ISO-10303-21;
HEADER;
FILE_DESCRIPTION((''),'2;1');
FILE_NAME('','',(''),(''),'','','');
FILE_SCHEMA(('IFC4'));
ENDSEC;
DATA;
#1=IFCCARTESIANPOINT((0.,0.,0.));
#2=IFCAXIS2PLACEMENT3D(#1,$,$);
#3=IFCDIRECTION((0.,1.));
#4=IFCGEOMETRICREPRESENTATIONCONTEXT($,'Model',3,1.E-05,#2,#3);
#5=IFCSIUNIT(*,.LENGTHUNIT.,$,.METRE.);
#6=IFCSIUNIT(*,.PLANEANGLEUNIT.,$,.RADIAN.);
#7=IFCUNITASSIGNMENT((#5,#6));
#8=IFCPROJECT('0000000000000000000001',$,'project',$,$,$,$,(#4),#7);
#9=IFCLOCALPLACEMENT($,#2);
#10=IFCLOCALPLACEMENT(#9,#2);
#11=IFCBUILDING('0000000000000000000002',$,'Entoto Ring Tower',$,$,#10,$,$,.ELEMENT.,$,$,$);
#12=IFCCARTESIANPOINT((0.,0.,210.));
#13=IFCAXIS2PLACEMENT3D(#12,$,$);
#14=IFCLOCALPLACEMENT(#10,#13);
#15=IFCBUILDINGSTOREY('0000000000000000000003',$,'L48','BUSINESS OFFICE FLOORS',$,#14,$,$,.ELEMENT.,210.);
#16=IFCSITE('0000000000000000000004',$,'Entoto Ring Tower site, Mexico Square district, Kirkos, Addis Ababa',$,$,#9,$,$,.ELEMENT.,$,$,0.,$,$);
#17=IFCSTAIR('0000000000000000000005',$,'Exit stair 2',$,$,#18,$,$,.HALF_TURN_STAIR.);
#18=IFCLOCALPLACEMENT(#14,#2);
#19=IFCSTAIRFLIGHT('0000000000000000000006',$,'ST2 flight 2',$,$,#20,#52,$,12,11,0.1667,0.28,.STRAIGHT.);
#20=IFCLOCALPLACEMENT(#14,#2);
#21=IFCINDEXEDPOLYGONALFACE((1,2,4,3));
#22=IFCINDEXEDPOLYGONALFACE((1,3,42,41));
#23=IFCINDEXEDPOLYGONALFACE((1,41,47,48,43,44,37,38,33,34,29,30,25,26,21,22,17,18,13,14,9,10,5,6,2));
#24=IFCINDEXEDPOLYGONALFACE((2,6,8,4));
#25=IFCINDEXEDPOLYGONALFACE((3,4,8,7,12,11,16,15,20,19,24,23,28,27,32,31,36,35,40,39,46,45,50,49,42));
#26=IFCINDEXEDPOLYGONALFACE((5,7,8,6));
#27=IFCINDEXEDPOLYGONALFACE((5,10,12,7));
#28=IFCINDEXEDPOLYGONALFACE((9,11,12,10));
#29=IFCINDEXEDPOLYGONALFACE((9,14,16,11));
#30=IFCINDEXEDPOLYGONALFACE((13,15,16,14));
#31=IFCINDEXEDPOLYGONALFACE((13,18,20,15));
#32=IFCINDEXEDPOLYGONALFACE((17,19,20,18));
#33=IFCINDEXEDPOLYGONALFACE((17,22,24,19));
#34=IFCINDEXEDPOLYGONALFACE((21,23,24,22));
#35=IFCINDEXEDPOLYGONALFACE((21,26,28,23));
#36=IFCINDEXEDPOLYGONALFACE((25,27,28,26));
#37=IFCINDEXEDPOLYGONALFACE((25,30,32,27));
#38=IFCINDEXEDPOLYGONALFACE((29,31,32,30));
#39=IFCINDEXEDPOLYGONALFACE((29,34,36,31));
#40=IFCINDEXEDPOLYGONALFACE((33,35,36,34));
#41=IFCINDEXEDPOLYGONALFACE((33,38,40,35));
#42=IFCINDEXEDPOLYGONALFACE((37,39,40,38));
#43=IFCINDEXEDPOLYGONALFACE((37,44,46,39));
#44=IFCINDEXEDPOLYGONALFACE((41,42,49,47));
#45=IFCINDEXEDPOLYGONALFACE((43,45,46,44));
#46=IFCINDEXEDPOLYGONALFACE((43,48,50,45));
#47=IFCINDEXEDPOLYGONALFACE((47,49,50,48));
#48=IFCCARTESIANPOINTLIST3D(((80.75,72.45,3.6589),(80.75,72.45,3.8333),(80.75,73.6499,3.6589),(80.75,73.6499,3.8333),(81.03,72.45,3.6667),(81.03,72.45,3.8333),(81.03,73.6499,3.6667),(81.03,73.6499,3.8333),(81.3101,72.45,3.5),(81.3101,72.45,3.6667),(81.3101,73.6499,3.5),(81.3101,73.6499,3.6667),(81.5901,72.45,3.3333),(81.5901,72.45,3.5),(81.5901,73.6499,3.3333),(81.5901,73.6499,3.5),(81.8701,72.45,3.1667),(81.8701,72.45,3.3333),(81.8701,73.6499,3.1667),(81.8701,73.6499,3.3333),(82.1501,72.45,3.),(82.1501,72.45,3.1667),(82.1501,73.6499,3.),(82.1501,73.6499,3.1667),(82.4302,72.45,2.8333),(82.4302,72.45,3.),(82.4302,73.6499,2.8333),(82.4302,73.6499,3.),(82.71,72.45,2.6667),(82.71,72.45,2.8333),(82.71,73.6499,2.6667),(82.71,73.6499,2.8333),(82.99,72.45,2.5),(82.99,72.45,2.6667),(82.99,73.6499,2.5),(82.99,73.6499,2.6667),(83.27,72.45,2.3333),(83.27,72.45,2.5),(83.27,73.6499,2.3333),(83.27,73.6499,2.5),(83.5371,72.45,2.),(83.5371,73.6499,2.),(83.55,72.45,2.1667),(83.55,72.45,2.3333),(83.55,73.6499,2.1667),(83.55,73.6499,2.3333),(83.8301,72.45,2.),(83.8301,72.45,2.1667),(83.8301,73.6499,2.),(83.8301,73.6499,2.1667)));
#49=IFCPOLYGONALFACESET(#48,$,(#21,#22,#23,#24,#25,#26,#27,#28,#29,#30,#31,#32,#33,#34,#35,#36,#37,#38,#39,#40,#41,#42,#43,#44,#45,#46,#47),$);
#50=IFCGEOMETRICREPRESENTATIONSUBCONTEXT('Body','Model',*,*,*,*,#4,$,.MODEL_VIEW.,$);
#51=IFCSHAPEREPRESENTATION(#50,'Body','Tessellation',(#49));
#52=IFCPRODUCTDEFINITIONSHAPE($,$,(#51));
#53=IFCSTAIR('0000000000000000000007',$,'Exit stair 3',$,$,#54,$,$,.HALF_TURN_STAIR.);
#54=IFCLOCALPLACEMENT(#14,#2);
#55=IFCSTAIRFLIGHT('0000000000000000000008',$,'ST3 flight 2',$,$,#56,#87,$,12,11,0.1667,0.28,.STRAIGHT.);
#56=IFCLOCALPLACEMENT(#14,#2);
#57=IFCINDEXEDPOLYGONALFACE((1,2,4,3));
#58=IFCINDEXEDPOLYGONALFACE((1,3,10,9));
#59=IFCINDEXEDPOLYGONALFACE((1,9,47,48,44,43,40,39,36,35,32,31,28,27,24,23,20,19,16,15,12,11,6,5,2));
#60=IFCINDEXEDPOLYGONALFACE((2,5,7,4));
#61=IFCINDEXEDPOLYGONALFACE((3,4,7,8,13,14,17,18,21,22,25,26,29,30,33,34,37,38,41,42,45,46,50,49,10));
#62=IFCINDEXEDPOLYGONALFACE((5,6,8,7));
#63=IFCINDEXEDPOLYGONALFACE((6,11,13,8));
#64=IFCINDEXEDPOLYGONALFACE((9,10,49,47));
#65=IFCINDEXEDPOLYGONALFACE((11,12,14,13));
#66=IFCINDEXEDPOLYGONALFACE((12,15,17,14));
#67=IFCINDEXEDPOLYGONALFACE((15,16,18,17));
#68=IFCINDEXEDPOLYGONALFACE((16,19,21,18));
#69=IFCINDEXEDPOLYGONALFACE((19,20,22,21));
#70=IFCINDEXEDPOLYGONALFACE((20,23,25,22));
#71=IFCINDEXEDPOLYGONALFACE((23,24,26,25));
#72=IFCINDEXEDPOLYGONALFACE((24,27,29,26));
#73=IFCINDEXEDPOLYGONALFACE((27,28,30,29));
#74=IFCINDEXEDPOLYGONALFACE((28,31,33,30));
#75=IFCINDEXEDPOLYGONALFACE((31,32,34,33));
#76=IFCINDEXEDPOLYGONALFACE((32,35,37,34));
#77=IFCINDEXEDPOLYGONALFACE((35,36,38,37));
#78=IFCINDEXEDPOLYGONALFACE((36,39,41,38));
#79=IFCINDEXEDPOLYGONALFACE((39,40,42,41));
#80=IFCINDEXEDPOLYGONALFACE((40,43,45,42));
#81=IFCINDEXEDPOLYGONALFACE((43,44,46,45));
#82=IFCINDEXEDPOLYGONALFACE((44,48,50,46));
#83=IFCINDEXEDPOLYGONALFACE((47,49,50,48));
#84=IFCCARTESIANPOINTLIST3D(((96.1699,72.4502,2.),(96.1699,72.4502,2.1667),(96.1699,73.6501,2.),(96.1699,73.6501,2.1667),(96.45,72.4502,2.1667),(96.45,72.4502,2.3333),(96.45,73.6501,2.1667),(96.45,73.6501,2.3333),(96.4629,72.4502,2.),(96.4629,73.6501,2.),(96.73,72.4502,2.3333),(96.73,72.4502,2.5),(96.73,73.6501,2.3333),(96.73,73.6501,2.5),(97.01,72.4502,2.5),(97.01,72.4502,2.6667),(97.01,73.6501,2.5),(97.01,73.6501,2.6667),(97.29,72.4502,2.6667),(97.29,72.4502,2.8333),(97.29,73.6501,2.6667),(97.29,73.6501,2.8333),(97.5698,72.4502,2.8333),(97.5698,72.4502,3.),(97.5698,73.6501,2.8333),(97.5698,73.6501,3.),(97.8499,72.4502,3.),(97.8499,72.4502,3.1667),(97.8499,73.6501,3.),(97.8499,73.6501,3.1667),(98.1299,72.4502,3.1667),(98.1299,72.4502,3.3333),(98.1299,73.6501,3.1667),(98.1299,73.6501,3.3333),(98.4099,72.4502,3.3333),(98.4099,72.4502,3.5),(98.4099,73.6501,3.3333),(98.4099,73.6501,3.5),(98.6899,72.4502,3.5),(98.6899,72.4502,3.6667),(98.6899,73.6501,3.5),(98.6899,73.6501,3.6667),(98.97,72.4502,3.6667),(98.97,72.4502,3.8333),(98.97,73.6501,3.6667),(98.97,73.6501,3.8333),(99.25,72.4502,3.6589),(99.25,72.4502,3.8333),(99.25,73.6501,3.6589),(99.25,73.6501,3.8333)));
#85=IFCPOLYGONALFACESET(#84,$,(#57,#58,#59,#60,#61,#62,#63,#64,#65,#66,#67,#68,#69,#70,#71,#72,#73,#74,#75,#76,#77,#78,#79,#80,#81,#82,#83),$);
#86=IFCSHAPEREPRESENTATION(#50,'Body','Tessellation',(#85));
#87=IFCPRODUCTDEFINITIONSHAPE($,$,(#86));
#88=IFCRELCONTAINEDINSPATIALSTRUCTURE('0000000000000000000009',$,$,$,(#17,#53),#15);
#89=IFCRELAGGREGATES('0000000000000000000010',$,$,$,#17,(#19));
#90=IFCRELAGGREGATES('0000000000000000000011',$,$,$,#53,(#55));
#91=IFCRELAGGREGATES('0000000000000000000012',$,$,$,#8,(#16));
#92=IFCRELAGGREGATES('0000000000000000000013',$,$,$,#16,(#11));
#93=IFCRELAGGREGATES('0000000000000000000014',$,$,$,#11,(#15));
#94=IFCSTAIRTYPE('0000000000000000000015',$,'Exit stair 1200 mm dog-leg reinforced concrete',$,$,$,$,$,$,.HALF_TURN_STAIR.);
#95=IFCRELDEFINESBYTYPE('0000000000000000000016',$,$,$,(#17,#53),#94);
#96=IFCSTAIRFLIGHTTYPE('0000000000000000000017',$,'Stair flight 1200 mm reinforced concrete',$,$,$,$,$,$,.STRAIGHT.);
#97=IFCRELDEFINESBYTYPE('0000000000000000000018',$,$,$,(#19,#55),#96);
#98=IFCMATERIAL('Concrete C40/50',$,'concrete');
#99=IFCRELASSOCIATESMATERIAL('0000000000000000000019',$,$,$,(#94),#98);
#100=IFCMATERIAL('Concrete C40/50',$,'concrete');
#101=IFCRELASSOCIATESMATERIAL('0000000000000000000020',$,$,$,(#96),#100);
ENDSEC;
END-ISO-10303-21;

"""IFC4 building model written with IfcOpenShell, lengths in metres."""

from ifc_helpers import new_model, si_unit, direction, frame, origin, place, context, subcontext, project, spatial, polyline, outline, extrude, material, type_object, element, aggregate, save


model = new_model("IFC4")

# Units and contexts
model_context = context("Model", 3, precision=1e-05, world=origin(), true_north=direction((0.0, 1.0)))
body_context = subcontext(model_context, "Body", "Model", "MODEL_VIEW")
ifc_project = project(units=[si_unit("LENGTHUNIT", "METRE"), si_unit("PLANEANGLEUNIT", "RADIAN")], contexts=[model_context])

# Site, building, storey
site_placement = place(None, origin())
site = spatial("IfcSite", under=ifc_project, at=site_placement, Name="Entoto Ring Tower site, Mexico Square district, Kirkos, Addis Ababa", CompositionType="ELEMENT", RefElevation=0.0)
building_placement = place(site_placement, origin())
building = spatial("IfcBuilding", under=site, at=building_placement, Name="Entoto Ring Tower", CompositionType="ELEMENT")
storey_placement = place(building_placement, frame((0.0, 0.0, 210.0)))
storey = spatial("IfcBuildingStorey", under=building, at=storey_placement, Name="L48", Description="BUSINESS OFFICE FLOORS", CompositionType="ELEMENT", Elevation=210.0)

# Stairs, stair flights
ifc_material_1 = material(Name="Concrete C40/50", Category="concrete")
stair_type = type_object("IfcStairType", Name="Exit stair 1200 mm dog-leg reinforced concrete", PredefinedType="HALF_TURN_STAIR", material=ifc_material_1)
stair_1_placement = place(storey_placement, origin())
stair_1 = element("IfcStair", 1, at=stair_1_placement, inside=storey, type_object=stair_type, Name="Exit stair 2", PredefinedType="HALF_TURN_STAIR")
ifc_material_2 = material(Name="Concrete C40/50", Category="concrete")
stair_flight_type = type_object("IfcStairFlightType", Name="Stair flight 1200 mm reinforced concrete", PredefinedType="STRAIGHT", material=ifc_material_2)
stair_flight_1_placement = place(storey_placement, frame((83.8301, 73.05, 2.0), z_axis=(0.0, 0.0, 1.0), x_axis=(-1.0, 0.0, 0.0)))
stair_flight_1 = element("IfcStairFlight", 2, at=stair_flight_1_placement, type_object=stair_flight_type, Name="ST2 flight 2", NumberOfRisers=12, NumberOfTreads=11, PredefinedType="STRAIGHT", RiserHeight=0.1667, TreadLength=0.28, context=body_context, shape_type="SweptSolid", body=[
    extrude(outline(polyline([(0.0, 0.0), (0.0, 0.1667), (0.28, 0.1667), (0.28, 0.3333), (0.5601, 0.3333), (0.5601, 0.5), (0.8401, 0.5), (0.8401, 0.6667), (1.1201, 0.6667), (1.1201, 0.8333), (1.3999, 0.8333), (1.3999, 1.0), (1.6799, 1.0), (1.6799, 1.1667), (1.96, 1.1667), (1.96, 1.3333), (2.24, 1.3333), (2.24, 1.5), (2.52, 1.5), (2.52, 1.6667), (2.8, 1.6667), (2.8, 1.8333), (3.0801, 1.8333), (3.0801, 2.0), (3.0801, 1.6589), (0.293, 0.0), (0.0, 0.0)])), frame((0.0, 0.6001, 0.0), z_axis=(0.0, -1.0, 0.0), x_axis=(1.0, 0.0, 0.0)), (0.0, 0.0, 1.0), 1.2),
])
aggregate(stair_1, [stair_flight_1])
stair_2_placement = place(storey_placement, origin())
stair_2 = element("IfcStair", 3, at=stair_2_placement, inside=storey, type_object=stair_type, Name="Exit stair 3", PredefinedType="HALF_TURN_STAIR")
stair_flight_2_placement = place(storey_placement, frame((96.1699, 73.05, 2.0), z_axis=(0.0, 0.0, 1.0), x_axis=(1.0, 0.0, 0.0)))
stair_flight_2 = element("IfcStairFlight", 4, at=stair_flight_2_placement, type_object=stair_flight_type, Name="ST3 flight 2", NumberOfRisers=12, NumberOfTreads=11, PredefinedType="STRAIGHT", RiserHeight=0.1667, TreadLength=0.28, context=body_context, shape_type="SweptSolid", body=[
    extrude(outline(polyline([(0.0, 0.0), (0.0, 0.1667), (0.28, 0.1667), (0.28, 0.3333), (0.5601, 0.3333), (0.5601, 0.5), (0.8401, 0.5), (0.8401, 0.6667), (1.1201, 0.6667), (1.1201, 0.8333), (1.3999, 0.8333), (1.3999, 1.0), (1.6799, 1.0), (1.6799, 1.1667), (1.96, 1.1667), (1.96, 1.3333), (2.24, 1.3333), (2.24, 1.5), (2.52, 1.5), (2.52, 1.6667), (2.8, 1.6667), (2.8, 1.8333), (3.0801, 1.8333), (3.0801, 2.0), (3.0801, 1.6589), (0.293, 0.0), (0.0, 0.0)])), frame((0.0, 0.6001, 0.0), z_axis=(0.0, -1.0, 0.0), x_axis=(1.0, 0.0, 0.0)), (0.0, 0.0, 1.0), 1.2),
])
aggregate(stair_2, [stair_flight_2])

save(model, "model.ifc")
